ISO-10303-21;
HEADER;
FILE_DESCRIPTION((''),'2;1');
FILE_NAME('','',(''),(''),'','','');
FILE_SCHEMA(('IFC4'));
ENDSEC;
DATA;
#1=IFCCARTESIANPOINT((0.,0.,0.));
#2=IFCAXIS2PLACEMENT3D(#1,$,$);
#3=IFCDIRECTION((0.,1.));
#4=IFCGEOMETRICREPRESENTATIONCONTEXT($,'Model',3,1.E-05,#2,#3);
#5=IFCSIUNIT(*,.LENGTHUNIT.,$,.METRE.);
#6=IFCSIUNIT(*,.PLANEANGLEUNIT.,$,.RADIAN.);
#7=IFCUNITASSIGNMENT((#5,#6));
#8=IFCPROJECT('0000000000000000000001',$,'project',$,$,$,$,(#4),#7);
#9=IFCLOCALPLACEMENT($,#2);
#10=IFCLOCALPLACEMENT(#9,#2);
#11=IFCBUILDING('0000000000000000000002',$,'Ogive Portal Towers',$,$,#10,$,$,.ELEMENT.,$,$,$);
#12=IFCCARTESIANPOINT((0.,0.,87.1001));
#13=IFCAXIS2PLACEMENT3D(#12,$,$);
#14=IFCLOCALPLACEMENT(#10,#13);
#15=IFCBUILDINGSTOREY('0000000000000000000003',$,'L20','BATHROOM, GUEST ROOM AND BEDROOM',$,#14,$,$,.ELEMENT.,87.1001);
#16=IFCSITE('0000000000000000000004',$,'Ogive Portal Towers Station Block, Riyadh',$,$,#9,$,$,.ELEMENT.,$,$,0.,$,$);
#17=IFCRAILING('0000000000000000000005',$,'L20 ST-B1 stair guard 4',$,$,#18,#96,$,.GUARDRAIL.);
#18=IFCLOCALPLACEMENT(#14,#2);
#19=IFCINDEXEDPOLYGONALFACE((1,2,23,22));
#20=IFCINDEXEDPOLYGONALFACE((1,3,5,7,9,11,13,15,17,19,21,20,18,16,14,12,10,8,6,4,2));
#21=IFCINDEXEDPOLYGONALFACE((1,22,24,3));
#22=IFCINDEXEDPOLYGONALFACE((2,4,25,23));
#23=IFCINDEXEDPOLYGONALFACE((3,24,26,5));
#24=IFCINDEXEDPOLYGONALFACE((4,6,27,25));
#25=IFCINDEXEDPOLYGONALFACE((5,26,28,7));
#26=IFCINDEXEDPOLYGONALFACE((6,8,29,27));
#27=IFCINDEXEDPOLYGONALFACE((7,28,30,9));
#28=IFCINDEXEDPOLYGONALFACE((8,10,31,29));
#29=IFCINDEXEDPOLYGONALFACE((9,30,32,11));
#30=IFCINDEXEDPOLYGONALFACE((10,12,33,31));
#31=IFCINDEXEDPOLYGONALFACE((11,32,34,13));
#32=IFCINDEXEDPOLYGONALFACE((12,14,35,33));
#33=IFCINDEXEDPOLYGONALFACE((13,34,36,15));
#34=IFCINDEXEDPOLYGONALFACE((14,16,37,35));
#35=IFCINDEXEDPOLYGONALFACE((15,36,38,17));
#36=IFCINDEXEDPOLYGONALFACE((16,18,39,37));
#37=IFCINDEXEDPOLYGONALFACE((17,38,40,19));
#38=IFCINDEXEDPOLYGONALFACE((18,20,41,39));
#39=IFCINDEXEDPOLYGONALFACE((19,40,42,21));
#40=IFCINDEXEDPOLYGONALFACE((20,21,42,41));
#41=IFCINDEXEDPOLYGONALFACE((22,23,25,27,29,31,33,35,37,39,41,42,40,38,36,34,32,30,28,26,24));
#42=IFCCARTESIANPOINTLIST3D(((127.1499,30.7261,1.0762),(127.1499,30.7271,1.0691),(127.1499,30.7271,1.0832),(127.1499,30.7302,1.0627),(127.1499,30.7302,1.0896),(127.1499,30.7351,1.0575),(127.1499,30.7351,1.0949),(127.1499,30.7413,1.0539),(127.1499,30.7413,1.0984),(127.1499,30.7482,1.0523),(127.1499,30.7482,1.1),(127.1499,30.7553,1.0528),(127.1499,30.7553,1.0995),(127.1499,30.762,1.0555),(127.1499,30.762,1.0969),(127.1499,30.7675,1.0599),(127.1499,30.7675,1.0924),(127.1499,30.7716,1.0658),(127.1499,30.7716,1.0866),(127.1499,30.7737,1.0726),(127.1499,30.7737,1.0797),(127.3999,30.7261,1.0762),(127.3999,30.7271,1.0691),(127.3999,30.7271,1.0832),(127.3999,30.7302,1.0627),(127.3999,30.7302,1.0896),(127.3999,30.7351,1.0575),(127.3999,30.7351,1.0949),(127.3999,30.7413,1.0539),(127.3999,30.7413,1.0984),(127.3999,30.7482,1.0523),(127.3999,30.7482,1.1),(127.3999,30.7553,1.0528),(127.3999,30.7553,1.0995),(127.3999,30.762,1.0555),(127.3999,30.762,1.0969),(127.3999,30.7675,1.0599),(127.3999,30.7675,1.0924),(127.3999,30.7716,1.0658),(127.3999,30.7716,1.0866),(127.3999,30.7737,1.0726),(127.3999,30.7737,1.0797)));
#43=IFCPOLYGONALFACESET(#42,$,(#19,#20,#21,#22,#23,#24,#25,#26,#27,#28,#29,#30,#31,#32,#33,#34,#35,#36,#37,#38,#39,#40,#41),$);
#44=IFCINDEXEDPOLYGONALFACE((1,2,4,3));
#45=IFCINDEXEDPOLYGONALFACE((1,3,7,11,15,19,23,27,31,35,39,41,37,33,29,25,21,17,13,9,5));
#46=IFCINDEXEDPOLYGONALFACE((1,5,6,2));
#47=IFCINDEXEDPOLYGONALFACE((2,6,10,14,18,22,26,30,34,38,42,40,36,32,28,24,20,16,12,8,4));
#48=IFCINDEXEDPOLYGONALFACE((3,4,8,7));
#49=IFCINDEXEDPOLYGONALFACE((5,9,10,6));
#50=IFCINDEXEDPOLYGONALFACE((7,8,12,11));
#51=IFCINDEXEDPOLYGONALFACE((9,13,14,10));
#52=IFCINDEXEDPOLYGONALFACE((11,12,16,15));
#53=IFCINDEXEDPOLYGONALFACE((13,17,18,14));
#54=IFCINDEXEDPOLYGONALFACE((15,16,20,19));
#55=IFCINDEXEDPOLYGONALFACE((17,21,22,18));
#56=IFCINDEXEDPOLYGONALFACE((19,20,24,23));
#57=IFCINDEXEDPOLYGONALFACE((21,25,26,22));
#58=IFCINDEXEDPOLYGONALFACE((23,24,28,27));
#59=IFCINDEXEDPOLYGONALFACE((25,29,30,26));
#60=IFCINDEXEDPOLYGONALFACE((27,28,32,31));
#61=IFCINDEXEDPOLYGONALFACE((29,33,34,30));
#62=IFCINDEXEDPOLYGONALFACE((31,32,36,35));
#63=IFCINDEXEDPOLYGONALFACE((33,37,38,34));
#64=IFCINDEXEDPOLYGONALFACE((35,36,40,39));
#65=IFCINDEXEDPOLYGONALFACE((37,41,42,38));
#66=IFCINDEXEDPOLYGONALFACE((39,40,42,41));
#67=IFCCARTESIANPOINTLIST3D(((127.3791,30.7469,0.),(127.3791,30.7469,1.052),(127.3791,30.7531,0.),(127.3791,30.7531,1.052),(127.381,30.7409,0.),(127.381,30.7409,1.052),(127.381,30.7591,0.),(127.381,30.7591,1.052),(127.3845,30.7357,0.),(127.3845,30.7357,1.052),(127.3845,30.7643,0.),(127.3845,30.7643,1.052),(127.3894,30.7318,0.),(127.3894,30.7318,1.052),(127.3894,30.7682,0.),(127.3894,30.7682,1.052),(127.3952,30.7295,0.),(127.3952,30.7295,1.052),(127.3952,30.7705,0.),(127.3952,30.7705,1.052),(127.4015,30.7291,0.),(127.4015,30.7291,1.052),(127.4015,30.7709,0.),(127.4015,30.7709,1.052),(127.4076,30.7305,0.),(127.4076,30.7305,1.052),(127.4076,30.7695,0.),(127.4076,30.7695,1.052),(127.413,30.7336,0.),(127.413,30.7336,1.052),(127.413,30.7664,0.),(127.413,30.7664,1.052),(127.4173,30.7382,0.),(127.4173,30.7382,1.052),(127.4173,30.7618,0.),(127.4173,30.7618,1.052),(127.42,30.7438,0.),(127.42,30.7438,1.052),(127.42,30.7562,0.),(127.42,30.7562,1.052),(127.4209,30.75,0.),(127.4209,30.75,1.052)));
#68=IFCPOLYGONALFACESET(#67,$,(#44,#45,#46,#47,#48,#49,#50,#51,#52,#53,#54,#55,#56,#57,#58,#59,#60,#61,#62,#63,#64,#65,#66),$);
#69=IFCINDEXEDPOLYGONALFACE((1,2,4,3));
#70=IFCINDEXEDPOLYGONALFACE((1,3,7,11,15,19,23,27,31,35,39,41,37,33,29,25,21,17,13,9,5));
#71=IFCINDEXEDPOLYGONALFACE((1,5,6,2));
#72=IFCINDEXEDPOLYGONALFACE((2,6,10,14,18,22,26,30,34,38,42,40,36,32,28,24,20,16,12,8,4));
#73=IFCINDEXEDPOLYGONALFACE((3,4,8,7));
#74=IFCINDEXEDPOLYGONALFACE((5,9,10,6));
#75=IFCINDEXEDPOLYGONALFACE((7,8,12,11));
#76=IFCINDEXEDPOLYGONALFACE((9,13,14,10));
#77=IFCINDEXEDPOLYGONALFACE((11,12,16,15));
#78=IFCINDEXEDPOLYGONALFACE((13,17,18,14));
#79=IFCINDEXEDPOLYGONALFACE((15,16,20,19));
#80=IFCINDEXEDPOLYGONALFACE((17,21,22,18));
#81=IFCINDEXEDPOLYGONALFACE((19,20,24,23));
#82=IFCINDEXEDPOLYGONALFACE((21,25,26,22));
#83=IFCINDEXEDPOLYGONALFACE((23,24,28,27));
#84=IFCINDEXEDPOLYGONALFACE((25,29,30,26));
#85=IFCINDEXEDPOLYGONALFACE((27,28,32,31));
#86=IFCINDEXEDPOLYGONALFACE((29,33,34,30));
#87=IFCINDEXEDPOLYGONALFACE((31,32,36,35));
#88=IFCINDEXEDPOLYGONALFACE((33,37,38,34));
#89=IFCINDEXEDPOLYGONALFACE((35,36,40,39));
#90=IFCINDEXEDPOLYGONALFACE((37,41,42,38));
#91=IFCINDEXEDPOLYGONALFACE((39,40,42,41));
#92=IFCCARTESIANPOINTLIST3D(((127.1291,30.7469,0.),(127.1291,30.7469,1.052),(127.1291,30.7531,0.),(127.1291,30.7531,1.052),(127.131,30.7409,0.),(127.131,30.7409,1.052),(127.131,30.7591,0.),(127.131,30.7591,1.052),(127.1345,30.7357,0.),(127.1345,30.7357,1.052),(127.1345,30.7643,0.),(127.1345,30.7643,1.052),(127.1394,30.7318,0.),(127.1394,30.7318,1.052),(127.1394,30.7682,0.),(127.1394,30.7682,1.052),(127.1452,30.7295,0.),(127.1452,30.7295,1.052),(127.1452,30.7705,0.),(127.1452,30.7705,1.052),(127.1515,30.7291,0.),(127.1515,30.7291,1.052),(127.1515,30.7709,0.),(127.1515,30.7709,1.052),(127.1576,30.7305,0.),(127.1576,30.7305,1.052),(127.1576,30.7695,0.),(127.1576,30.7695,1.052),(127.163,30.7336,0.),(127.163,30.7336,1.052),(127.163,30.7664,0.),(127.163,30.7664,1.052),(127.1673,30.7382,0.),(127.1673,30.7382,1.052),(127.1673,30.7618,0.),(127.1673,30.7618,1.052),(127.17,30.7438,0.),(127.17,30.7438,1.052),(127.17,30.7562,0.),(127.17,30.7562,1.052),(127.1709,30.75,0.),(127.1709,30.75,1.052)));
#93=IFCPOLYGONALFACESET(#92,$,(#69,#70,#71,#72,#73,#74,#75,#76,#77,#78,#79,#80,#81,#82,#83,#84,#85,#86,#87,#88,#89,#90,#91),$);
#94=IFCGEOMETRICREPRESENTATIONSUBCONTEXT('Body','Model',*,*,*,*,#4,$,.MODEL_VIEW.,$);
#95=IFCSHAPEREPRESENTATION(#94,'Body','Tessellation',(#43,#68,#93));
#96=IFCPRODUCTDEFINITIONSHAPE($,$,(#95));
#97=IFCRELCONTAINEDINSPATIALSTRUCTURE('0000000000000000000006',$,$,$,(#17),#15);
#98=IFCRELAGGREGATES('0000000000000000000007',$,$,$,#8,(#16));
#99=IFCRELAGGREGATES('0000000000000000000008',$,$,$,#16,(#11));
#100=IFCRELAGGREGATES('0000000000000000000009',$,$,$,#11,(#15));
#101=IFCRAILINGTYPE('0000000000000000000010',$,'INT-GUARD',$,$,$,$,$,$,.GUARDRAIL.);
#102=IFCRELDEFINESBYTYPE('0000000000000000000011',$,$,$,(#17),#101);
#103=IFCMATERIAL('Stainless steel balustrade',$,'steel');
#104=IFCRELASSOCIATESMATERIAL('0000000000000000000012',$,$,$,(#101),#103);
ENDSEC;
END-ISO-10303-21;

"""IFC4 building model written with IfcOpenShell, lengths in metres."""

from ifc_helpers import new_model, si_unit, direction, frame, origin, origin_2d, place, context, subcontext, project, spatial, circle, extrude, material, type_object, element, save


model = new_model("IFC4")

# Units and contexts
model_context = context("Model", 3, precision=1e-05, world=origin(), true_north=direction((0.0, 1.0)))
body_context = subcontext(model_context, "Body", "Model", "MODEL_VIEW")
ifc_project = project(units=[si_unit("LENGTHUNIT", "METRE"), si_unit("PLANEANGLEUNIT", "RADIAN")], contexts=[model_context])

# Site, building, storey
site_placement = place(None, origin())
site = spatial("IfcSite", under=ifc_project, at=site_placement, Name="Ogive Portal Towers Station Block, Riyadh", CompositionType="ELEMENT", RefElevation=0.0)
building_placement = place(site_placement, origin())
building = spatial("IfcBuilding", under=site, at=building_placement, Name="Ogive Portal Towers", CompositionType="ELEMENT")
storey_placement = place(building_placement, frame((0.0, 0.0, 87.1001)))
storey = spatial("IfcBuildingStorey", under=building, at=storey_placement, Name="L20", Description="BATHROOM, GUEST ROOM AND BEDROOM", CompositionType="ELEMENT", Elevation=87.1001)

# Railing
ifc_material_1 = material(Name="Stainless steel balustrade", Category="steel")
railing_type_1 = type_object("IfcRailingType", Name="INT-GUARD", PredefinedType="GUARDRAIL", material=ifc_material_1)
railing_1_placement = place(storey_placement, frame((127.3999, 30.75, 0.0)))
element("IfcRailing", 1, at=railing_1_placement, inside=storey, type_object=railing_type_1, Name="L20 ST-B1 stair guard 4", PredefinedType="GUARDRAIL", context=body_context, shape_type="SweptSolid", body=[
    extrude(circle(Radius=0.0239, at=origin_2d()), frame((0.0, 0.0, 1.0762), z_axis=(-1.0, 0.0, 0.0), x_axis=(0.0, -1.0, 0.0)), (0.0, 0.0, 1.0), 0.25),
    extrude(circle(Radius=0.021, at=origin_2d()), origin(), (0.0, 0.0, 1.0), 1.052),
    extrude(circle(Radius=0.021, at=origin_2d()), frame((-0.25, 0.0, 0.0)), (0.0, 0.0, 1.0), 1.052),
])

save(model, "model.ifc")
